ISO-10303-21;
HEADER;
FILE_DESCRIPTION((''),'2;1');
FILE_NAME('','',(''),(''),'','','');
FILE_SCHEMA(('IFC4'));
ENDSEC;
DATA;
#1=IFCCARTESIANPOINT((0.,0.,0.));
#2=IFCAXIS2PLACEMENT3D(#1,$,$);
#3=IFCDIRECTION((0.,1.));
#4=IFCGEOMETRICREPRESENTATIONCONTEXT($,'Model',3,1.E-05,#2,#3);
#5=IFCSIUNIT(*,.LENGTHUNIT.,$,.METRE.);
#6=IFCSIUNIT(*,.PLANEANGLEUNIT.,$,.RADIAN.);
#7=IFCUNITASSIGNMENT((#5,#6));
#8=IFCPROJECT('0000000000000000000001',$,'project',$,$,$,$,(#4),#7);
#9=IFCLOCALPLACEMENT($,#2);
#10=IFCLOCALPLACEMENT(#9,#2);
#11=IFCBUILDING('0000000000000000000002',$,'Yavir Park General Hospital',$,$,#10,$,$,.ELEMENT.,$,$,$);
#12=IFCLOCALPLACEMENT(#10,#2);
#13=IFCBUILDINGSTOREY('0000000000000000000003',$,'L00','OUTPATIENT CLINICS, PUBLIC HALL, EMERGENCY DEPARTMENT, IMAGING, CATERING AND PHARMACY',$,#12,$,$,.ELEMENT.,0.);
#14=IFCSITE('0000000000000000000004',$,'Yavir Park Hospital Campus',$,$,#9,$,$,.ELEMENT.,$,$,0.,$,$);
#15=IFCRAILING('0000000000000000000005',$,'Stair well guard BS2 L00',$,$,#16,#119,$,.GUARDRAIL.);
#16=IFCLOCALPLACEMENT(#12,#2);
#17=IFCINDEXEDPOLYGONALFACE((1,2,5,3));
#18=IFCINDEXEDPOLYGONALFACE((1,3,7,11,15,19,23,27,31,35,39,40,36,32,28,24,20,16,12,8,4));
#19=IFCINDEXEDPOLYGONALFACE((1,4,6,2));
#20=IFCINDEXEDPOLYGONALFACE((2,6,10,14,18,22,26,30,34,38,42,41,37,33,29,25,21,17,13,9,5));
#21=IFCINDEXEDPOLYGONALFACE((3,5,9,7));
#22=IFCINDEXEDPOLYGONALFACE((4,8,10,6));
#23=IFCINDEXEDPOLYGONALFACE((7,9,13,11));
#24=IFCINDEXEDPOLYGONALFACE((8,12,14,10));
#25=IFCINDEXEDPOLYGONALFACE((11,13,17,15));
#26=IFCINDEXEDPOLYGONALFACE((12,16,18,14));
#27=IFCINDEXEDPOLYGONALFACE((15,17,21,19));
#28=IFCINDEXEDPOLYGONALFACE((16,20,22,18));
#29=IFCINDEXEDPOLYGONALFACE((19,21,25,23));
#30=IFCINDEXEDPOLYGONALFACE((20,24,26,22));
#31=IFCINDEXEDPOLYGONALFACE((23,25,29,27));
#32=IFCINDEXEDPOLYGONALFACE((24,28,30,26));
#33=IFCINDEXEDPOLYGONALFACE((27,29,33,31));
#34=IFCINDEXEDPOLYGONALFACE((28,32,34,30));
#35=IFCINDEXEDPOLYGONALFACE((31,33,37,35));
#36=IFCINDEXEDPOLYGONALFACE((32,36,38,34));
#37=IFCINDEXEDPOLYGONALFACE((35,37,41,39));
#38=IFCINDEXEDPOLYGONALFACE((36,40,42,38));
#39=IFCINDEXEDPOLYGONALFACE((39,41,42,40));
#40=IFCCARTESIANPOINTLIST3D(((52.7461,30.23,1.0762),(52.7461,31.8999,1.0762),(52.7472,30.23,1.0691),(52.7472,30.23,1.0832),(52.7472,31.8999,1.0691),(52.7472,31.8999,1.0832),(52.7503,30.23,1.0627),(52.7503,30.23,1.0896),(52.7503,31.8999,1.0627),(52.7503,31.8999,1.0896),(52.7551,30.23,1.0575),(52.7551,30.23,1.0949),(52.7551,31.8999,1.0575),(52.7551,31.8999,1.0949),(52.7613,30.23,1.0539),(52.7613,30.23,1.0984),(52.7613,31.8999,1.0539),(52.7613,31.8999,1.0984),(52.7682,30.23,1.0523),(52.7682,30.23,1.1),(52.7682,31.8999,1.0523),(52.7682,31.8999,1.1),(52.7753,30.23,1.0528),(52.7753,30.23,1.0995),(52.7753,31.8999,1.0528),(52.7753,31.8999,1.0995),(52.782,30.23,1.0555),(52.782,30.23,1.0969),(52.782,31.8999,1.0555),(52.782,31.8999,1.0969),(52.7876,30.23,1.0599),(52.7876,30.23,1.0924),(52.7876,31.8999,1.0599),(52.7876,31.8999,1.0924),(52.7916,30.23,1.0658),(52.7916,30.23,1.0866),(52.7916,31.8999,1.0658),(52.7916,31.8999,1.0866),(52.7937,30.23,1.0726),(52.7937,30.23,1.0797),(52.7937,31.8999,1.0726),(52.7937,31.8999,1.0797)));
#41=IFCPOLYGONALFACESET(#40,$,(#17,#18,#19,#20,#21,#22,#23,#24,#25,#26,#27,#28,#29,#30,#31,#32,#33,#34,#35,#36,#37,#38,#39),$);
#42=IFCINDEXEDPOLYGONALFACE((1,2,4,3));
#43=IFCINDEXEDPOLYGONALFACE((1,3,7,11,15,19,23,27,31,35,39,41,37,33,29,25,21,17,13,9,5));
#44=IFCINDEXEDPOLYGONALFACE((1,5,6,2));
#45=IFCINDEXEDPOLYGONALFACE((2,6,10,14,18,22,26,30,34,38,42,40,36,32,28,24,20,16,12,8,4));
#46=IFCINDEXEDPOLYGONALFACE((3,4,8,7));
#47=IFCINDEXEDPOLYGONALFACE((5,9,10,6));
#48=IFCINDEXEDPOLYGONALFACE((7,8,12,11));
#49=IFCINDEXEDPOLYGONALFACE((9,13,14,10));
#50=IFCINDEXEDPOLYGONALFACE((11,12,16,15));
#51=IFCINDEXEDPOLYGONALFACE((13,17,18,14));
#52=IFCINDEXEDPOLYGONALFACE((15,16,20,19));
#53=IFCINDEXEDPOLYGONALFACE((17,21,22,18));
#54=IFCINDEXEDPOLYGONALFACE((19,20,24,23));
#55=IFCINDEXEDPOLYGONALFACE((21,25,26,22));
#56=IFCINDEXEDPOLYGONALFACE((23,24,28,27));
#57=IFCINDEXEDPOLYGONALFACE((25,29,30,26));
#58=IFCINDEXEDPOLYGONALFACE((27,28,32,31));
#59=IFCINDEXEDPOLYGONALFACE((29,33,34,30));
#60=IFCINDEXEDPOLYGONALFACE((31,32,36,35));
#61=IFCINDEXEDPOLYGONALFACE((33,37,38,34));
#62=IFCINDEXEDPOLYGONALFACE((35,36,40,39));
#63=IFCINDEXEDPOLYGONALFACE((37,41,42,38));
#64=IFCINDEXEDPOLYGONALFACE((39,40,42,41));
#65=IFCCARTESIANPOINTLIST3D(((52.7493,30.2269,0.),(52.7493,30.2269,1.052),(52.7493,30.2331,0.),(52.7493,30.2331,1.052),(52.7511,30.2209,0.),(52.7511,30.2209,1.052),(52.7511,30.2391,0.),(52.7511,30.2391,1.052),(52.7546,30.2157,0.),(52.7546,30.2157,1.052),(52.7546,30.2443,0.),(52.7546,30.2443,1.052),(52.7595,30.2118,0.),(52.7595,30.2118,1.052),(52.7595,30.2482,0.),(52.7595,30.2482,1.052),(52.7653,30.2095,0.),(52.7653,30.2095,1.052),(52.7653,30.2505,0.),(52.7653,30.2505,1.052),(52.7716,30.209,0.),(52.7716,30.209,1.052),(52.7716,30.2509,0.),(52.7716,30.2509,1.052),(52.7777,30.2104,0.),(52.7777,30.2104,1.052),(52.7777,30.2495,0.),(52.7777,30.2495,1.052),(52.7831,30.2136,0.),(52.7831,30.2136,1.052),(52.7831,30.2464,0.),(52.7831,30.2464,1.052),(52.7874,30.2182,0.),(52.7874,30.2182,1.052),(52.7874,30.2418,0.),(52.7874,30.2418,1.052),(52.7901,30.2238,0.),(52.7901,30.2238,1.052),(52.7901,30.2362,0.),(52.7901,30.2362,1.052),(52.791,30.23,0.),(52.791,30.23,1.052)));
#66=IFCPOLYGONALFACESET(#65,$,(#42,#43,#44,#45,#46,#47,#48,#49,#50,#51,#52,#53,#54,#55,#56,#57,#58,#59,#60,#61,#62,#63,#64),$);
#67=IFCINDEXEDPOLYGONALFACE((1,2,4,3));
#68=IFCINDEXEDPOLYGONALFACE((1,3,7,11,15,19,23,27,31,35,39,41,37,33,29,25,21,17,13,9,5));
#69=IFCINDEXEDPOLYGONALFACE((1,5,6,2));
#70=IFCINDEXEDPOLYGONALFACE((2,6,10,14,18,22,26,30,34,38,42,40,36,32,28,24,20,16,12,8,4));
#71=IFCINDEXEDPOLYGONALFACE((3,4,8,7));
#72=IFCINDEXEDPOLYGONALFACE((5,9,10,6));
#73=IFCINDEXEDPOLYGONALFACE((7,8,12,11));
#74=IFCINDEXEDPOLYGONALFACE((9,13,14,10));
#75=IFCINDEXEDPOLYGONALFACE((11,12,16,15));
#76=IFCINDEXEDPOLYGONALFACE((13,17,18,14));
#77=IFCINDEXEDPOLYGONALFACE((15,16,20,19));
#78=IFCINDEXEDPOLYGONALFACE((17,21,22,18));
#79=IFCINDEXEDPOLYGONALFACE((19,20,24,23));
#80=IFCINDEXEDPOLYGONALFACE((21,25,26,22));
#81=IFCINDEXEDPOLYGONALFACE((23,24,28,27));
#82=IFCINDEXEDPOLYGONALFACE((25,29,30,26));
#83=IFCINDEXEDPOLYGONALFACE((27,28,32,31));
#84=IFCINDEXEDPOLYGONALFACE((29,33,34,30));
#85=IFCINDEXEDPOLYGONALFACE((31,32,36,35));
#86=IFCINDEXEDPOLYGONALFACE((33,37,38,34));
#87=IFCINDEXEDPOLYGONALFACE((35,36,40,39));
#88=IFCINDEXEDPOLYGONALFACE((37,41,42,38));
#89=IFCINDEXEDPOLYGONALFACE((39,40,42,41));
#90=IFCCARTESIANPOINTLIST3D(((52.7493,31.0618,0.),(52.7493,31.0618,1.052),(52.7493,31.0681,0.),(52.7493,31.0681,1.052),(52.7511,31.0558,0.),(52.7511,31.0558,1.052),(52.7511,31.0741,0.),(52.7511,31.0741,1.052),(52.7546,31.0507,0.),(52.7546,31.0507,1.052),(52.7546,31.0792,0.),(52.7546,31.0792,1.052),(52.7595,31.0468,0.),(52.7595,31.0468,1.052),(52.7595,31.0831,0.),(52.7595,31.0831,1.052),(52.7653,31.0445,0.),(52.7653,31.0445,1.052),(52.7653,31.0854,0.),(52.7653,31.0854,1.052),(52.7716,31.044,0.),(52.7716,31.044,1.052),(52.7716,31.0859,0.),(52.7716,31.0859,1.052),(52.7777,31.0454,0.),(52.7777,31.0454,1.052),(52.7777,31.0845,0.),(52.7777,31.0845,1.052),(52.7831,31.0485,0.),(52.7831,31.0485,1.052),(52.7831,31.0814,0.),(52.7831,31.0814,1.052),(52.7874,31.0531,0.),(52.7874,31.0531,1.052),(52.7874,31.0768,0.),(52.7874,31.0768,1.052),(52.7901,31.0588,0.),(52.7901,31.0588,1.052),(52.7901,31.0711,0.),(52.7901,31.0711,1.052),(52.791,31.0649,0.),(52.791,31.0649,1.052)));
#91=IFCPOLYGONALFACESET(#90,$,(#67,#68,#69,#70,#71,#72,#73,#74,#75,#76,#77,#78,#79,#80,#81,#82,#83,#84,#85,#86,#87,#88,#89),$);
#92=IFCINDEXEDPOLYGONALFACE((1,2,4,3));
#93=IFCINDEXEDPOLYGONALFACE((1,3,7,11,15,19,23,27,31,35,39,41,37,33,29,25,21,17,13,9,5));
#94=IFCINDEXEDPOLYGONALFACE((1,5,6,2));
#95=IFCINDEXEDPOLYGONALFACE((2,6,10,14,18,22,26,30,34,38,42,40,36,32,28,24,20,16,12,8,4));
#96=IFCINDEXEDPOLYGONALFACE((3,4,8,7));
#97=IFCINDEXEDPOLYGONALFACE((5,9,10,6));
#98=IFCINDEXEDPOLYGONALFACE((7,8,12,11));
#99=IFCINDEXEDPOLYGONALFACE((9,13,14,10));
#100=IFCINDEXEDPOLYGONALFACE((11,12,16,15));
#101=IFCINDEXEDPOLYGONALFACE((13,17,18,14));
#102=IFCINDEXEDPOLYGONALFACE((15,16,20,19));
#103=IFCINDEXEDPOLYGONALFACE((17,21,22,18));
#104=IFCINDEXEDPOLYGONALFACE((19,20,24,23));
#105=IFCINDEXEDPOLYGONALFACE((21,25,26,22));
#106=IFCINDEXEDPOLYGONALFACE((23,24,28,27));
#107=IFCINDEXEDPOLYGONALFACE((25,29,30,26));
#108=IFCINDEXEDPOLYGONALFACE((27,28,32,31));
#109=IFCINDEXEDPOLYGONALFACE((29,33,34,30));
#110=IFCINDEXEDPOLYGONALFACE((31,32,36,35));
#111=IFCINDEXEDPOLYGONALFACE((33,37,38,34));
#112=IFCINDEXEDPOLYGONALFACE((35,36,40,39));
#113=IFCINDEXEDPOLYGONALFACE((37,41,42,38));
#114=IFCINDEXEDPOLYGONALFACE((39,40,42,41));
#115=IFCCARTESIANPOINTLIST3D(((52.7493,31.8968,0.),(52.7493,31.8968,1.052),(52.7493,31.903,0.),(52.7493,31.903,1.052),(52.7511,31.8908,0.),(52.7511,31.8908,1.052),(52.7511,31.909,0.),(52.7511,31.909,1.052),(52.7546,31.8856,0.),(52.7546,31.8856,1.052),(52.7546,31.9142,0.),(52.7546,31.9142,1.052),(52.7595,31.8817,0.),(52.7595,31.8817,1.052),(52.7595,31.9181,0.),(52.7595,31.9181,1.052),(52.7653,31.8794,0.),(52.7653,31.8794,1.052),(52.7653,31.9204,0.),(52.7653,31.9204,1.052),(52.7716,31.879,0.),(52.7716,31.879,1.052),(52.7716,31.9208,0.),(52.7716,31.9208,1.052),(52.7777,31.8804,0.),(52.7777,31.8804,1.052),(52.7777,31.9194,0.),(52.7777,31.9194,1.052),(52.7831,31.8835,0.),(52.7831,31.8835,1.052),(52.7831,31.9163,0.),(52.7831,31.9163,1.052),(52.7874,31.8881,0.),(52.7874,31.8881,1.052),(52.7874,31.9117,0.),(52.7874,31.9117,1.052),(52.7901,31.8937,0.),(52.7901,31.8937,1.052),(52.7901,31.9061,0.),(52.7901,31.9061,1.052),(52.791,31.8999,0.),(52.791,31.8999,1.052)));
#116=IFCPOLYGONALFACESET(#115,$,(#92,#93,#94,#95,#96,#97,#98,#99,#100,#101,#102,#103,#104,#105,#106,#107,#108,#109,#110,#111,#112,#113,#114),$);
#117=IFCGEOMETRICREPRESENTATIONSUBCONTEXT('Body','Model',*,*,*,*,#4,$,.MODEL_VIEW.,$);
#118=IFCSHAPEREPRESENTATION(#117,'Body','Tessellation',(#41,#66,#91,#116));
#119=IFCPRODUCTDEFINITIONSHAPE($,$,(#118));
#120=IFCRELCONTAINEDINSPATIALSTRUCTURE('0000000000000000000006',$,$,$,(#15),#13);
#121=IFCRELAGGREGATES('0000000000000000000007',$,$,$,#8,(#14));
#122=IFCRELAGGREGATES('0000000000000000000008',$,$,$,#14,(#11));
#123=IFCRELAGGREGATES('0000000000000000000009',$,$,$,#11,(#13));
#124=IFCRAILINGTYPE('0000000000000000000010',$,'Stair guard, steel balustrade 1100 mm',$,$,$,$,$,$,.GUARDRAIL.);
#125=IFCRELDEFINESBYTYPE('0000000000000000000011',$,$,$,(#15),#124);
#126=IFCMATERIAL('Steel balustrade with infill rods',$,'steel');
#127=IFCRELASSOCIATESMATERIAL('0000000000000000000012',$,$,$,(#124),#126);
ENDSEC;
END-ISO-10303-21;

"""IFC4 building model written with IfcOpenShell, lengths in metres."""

from ifc_helpers import new_model, si_unit, direction, frame, origin, origin_2d, place, context, subcontext, project, spatial, circle, extrude, material, type_object, element, save


model = new_model("IFC4")

# Units and contexts
model_context = context("Model", 3, precision=1e-05, world=origin(), true_north=direction((0.0, 1.0)))
body_context = subcontext(model_context, "Body", "Model", "MODEL_VIEW")
ifc_project = project(units=[si_unit("LENGTHUNIT", "METRE"), si_unit("PLANEANGLEUNIT", "RADIAN")], contexts=[model_context])

# Site, building, storey
site_placement = place(None, origin())
site = spatial("IfcSite", under=ifc_project, at=site_placement, Name="Yavir Park Hospital Campus", CompositionType="ELEMENT", RefElevation=0.0)
building_placement = place(site_placement, origin())
building = spatial("IfcBuilding", under=site, at=building_placement, Name="Yavir Park General Hospital", CompositionType="ELEMENT")
storey_placement = place(building_placement, origin())
storey = spatial("IfcBuildingStorey", under=building, at=storey_placement, Name="L00", Description="OUTPATIENT CLINICS, PUBLIC HALL, EMERGENCY DEPARTMENT, IMAGING, CATERING AND PHARMACY", CompositionType="ELEMENT", Elevation=0.0)

# Railing
ifc_material_1 = material(Name="Steel balustrade with infill rods", Category="steel")
railing_type = type_object("IfcRailingType", Name="Stair guard, steel balustrade 1100 mm", PredefinedType="GUARDRAIL", material=ifc_material_1)
railing_placement = place(storey_placement, frame((52.77, 30.23, 0.0)))
element("IfcRailing", 1, at=railing_placement, inside=storey, type_object=railing_type, Name="Stair well guard BS2 L00", PredefinedType="GUARDRAIL", context=body_context, shape_type="SweptSolid", body=[
    extrude(circle(Radius=0.0239, at=origin_2d()), frame((0.0, 0.0, 1.0762), z_axis=(0.0, 1.0, 0.0), x_axis=(-1.0, 0.0, 0.0)), (0.0, 0.0, 1.0), 1.6699),
    extrude(circle(Radius=0.021, at=origin_2d()), origin(), (0.0, 0.0, 1.0), 1.052),
    extrude(circle(Radius=0.021, at=origin_2d()), frame((0.0, 0.835, 0.0)), (0.0, 0.0, 1.0), 1.052),
    extrude(circle(Radius=0.021, at=origin_2d()), frame((0.0, 1.6699, 0.0)), (0.0, 0.0, 1.0), 1.052),
])

save(model, "model.ifc")
